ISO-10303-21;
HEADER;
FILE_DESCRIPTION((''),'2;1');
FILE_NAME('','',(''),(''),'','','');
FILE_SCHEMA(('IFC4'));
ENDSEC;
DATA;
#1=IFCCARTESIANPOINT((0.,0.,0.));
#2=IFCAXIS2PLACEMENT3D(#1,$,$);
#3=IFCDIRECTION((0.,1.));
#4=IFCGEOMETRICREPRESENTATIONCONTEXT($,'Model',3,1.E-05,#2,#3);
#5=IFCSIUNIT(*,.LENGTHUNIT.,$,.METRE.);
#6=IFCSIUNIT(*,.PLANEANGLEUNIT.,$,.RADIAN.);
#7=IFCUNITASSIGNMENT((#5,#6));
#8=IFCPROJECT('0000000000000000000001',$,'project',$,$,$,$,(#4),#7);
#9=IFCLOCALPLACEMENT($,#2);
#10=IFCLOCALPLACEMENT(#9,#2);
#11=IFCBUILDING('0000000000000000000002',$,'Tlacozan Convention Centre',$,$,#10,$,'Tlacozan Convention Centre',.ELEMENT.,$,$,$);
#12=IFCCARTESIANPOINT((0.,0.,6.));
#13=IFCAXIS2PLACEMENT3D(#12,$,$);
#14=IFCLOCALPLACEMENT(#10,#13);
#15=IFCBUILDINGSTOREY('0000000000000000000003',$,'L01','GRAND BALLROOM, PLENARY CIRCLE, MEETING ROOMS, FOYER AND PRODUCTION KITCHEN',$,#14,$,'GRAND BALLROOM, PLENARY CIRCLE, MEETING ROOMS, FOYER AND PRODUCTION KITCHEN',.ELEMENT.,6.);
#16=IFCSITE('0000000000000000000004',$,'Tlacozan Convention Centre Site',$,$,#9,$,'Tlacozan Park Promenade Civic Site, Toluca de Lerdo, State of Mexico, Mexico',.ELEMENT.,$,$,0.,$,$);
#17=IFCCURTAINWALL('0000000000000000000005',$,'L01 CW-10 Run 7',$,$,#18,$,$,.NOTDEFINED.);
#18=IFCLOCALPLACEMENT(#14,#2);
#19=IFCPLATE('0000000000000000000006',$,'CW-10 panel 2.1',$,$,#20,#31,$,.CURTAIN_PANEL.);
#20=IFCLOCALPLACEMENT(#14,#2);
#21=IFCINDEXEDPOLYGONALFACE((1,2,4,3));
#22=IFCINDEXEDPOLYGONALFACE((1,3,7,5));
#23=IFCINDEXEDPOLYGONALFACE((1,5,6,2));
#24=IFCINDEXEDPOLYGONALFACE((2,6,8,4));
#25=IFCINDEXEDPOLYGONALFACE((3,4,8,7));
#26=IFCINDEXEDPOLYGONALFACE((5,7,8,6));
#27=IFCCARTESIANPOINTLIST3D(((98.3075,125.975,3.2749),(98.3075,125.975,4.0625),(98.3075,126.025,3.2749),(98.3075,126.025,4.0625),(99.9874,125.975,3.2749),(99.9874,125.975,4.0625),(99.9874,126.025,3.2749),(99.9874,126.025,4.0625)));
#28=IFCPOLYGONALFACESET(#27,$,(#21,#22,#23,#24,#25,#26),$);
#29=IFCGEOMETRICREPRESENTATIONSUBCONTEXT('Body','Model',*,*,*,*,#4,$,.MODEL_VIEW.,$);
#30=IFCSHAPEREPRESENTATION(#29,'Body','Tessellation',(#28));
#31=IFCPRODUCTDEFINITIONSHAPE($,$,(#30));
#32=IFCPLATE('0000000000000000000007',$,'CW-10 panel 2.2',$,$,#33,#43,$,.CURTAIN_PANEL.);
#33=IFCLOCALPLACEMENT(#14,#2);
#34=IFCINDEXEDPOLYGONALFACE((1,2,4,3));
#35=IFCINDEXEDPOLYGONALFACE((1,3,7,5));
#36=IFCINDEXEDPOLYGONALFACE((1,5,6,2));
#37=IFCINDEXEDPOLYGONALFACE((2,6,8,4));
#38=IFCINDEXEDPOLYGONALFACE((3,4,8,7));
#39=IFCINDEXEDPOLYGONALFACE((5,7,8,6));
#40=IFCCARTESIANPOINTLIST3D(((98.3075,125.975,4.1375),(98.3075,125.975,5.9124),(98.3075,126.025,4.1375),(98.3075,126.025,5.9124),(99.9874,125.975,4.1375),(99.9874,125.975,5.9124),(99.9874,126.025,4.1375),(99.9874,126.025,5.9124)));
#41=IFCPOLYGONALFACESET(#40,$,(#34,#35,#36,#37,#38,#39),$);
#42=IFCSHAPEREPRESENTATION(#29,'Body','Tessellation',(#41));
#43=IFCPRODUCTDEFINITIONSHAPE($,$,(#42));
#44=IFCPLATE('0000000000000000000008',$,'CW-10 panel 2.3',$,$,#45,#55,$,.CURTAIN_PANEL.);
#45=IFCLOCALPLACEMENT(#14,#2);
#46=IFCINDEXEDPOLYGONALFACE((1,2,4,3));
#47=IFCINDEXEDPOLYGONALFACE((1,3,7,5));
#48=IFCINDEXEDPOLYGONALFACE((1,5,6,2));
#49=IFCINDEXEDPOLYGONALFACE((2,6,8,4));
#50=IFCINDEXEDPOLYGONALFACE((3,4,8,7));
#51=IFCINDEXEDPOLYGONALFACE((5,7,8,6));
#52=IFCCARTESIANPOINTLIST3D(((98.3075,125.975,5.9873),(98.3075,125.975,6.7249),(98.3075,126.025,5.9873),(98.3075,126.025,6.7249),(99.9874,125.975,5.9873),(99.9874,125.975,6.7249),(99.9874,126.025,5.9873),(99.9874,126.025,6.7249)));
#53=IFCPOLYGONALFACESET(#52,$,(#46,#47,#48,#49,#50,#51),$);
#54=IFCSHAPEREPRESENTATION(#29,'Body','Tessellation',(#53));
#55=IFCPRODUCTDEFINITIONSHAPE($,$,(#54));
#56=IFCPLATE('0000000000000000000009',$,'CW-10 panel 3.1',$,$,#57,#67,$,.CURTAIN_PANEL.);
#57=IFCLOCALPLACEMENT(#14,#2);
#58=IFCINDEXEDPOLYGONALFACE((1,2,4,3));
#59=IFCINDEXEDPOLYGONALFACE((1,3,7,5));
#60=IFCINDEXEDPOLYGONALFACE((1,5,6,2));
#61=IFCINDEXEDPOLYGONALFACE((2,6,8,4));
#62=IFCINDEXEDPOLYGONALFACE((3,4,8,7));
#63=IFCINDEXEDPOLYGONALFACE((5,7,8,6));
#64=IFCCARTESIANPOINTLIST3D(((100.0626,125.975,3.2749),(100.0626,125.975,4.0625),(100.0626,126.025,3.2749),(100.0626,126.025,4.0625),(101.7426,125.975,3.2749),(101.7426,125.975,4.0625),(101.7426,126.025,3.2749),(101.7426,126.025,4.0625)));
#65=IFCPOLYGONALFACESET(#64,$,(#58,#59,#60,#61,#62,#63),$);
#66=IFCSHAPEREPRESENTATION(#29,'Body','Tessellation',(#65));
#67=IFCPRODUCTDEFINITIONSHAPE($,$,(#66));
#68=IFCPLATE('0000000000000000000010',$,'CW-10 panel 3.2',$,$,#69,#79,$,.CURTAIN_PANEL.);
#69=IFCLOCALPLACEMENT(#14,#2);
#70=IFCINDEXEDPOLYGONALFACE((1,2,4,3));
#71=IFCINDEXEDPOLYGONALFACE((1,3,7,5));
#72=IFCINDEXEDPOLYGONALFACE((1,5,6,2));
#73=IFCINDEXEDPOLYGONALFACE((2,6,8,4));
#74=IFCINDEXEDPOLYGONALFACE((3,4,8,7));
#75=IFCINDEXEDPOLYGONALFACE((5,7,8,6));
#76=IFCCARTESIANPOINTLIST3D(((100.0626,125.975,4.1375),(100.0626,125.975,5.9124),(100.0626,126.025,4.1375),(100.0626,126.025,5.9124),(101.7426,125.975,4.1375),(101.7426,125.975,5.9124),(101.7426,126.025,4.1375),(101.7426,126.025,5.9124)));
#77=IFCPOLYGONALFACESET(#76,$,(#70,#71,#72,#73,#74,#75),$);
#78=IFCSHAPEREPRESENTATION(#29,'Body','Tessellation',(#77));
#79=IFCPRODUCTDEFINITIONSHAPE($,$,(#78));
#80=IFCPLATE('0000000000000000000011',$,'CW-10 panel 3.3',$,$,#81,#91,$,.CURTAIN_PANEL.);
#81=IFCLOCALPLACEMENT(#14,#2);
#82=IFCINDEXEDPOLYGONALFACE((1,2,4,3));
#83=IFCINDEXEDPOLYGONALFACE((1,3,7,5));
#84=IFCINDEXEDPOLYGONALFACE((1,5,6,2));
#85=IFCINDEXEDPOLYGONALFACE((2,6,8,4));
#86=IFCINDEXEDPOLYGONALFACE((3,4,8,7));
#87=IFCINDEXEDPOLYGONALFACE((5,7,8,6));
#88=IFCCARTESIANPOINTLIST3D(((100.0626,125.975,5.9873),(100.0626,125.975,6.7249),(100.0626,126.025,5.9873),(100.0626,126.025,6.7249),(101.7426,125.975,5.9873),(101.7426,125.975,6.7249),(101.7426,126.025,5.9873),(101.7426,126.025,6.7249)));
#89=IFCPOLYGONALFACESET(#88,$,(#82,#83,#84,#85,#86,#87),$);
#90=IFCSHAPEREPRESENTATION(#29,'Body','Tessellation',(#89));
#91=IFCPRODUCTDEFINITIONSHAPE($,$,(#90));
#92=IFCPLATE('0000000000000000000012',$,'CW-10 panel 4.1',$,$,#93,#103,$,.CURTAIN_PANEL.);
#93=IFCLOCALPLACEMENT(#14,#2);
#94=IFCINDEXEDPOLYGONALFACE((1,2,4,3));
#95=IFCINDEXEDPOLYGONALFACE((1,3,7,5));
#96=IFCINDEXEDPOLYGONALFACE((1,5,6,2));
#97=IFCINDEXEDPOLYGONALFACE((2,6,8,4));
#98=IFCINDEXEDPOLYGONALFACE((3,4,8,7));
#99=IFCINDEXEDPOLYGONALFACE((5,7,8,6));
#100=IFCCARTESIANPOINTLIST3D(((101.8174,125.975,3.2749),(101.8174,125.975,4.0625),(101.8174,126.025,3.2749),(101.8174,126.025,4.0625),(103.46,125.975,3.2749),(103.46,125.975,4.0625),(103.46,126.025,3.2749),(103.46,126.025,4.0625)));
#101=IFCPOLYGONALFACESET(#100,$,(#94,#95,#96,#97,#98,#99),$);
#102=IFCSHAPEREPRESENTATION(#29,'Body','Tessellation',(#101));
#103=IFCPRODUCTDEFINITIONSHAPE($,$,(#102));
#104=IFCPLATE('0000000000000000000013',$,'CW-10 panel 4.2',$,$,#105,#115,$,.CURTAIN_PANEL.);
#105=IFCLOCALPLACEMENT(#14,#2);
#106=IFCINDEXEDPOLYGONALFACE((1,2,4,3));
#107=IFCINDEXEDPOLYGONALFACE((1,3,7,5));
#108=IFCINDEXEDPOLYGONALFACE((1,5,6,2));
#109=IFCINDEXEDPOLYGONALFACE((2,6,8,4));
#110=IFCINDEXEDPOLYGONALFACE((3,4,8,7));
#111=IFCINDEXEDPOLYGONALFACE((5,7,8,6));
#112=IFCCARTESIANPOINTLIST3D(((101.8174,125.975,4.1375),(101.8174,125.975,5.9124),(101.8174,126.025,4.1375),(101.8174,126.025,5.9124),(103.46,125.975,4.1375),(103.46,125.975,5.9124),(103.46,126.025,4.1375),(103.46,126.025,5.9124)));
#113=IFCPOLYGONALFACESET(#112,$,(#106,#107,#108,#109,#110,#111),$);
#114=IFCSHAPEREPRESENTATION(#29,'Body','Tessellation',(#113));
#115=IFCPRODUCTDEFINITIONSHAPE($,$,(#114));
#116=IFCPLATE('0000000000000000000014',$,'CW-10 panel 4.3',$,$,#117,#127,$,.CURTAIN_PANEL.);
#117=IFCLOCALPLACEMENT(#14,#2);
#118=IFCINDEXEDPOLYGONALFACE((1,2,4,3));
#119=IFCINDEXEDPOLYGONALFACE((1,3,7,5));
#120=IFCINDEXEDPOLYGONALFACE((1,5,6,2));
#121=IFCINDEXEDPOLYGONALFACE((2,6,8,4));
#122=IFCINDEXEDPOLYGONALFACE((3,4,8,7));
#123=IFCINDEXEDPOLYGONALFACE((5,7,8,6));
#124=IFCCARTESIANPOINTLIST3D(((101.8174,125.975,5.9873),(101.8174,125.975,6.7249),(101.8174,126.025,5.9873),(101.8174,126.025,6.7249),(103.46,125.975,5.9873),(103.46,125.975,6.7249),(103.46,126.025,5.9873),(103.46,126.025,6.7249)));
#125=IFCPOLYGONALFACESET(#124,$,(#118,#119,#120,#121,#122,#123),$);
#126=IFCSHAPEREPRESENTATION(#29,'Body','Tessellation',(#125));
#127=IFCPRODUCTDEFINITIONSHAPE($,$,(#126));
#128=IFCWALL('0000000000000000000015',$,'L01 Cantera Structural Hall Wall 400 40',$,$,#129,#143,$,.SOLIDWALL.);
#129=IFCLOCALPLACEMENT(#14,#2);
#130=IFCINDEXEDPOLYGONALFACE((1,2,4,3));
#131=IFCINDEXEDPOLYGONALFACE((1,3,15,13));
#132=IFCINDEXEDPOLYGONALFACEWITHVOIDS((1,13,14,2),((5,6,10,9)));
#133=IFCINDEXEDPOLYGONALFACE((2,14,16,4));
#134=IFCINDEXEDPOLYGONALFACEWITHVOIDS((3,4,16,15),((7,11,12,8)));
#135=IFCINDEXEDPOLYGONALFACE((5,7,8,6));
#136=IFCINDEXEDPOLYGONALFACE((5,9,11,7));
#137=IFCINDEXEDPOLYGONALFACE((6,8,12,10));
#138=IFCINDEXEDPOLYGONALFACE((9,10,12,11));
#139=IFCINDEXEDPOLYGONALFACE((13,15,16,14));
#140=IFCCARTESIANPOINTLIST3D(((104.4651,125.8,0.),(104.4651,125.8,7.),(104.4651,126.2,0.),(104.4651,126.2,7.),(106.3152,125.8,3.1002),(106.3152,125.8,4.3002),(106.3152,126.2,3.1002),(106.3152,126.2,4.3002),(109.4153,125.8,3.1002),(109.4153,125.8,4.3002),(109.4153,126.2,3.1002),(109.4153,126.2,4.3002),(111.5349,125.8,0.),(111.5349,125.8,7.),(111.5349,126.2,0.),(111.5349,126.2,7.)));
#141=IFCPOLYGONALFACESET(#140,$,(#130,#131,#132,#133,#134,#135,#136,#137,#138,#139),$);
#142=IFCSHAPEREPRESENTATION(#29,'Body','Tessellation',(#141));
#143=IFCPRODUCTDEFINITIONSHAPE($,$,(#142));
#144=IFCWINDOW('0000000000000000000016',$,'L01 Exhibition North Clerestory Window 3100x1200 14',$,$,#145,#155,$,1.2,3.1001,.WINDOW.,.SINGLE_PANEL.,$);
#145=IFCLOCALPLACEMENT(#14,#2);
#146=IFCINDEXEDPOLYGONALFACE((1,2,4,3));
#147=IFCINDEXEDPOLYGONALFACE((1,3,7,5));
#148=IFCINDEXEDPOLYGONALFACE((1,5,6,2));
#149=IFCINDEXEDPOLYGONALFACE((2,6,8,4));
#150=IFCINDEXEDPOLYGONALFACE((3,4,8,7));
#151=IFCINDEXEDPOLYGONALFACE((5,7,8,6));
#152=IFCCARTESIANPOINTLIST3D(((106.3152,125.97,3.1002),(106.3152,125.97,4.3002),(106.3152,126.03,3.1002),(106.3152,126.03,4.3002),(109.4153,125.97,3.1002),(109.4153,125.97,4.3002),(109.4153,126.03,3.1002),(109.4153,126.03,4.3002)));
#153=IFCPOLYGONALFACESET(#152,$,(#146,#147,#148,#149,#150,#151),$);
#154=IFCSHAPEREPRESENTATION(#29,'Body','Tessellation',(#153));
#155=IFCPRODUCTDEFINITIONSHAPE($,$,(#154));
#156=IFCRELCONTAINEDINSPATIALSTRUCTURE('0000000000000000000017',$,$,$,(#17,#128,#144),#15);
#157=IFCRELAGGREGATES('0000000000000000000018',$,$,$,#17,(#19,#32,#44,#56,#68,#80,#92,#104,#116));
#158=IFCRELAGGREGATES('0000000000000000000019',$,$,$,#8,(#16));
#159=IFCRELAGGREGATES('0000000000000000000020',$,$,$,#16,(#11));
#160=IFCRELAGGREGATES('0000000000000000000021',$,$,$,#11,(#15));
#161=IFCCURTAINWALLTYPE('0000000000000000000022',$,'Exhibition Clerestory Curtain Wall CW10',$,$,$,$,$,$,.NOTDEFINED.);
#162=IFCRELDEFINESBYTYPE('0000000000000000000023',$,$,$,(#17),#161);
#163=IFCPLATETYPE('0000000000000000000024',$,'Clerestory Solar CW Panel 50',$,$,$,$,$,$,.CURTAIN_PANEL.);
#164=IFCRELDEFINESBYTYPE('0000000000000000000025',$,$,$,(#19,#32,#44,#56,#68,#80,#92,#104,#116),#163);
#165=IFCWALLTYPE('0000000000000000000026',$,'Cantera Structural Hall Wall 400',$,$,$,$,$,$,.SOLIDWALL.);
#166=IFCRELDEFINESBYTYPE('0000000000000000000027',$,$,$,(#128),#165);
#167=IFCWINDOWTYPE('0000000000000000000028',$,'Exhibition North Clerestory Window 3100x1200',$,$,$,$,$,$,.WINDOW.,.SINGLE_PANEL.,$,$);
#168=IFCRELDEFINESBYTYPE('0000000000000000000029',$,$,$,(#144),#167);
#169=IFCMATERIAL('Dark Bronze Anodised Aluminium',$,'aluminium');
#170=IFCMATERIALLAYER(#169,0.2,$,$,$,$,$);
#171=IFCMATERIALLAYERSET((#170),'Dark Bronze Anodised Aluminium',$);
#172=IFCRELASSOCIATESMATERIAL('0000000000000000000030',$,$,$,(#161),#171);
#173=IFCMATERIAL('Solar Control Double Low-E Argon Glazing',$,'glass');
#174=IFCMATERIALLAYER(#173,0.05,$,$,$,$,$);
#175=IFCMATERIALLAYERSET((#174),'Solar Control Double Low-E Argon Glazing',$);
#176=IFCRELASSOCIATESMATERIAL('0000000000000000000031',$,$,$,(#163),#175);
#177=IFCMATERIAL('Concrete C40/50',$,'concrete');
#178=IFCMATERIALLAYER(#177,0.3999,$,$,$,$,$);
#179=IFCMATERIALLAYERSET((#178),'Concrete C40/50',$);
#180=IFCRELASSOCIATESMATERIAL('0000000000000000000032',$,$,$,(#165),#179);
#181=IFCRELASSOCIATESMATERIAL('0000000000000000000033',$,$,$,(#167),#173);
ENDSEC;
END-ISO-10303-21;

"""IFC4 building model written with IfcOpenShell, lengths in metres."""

from ifc_helpers import new_model, si_unit, direction, frame, frame_2d, origin, origin_2d, place, context, subcontext, project, spatial, rectangle, extrude, material, layer, layer_set, type_object, element, fill, aggregate, save


model = new_model("IFC4")

# Units and contexts
model_context = context("Model", 3, precision=1e-05, world=origin(), true_north=direction((0.0, 1.0)))
body_context = subcontext(model_context, "Body", "Model", "MODEL_VIEW")
ifc_project = project(units=[si_unit("LENGTHUNIT", "METRE"), si_unit("PLANEANGLEUNIT", "RADIAN")], contexts=[model_context])

# Site, building, storey
site_placement = place(None, origin())
site = spatial("IfcSite", under=ifc_project, at=site_placement, Name="Tlacozan Convention Centre Site", LongName="Tlacozan Park Promenade Civic Site, Toluca de Lerdo, State of Mexico, Mexico", CompositionType="ELEMENT", RefElevation=0.0)
building_placement = place(site_placement, origin())
building = spatial("IfcBuilding", under=site, at=building_placement, Name="Tlacozan Convention Centre", LongName="Tlacozan Convention Centre", CompositionType="ELEMENT")
storey_placement = place(building_placement, frame((0.0, 0.0, 6.0)))
storey = spatial("IfcBuildingStorey", under=building, at=storey_placement, Name="L01", Description="GRAND BALLROOM, PLENARY CIRCLE, MEETING ROOMS, FOYER AND PRODUCTION KITCHEN", LongName="GRAND BALLROOM, PLENARY CIRCLE, MEETING ROOMS, FOYER AND PRODUCTION KITCHEN", CompositionType="ELEMENT", Elevation=6.0)

# Shared definitions
ifc_material_1 = material(Name="Concrete C40/50", Category="concrete")

# Curtain wall, plates
ifc_material_2 = material(Name="Dark Bronze Anodised Aluminium", Category="aluminium")
ifc_layer_1 = layer(ifc_material_2, 0.2)
ifc_layer_set_1 = layer_set([ifc_layer_1], Name="Dark Bronze Anodised Aluminium")
curtain_wall_type = type_object("IfcCurtainWallType", Name="Exhibition Clerestory Curtain Wall CW10", PredefinedType="NOTDEFINED", material=ifc_layer_set_1)
curtain_wall_placement = place(storey_placement, origin())
curtain_wall = element("IfcCurtainWall", 1, at=curtain_wall_placement, inside=storey, type_object=curtain_wall_type, Name="L01 CW-10 Run 7", PredefinedType="NOTDEFINED")
ifc_material_3 = material(Name="Solar Control Double Low-E Argon Glazing", Category="glass")
ifc_layer_2 = layer(ifc_material_3, 0.05)
ifc_layer_set_2 = layer_set([ifc_layer_2], Name="Solar Control Double Low-E Argon Glazing")
plate_type = type_object("IfcPlateType", Name="Clerestory Solar CW Panel 50", PredefinedType="CURTAIN_PANEL", material=ifc_layer_set_2)
plate_1_placement = place(storey_placement, frame((99.1475, 126.0, 3.2749), z_axis=(0.0, 0.0, 1.0), x_axis=(1.0, 0.0, 0.0)))
plate_1 = element("IfcPlate", 2, at=plate_1_placement, type_object=plate_type, Name="CW-10 panel 2.1", PredefinedType="CURTAIN_PANEL", context=body_context, shape_type="SweptSolid", body=[
    extrude(rectangle(XDim=1.6799, YDim=0.05, at=origin_2d()), origin(), (0.0, 0.0, 1.0), 0.7876),
])
plate_2_placement = place(storey_placement, frame((99.1475, 126.0, 4.1375), z_axis=(0.0, 0.0, 1.0), x_axis=(1.0, 0.0, 0.0)))
plate_2 = element("IfcPlate", 3, at=plate_2_placement, type_object=plate_type, Name="CW-10 panel 2.2", PredefinedType="CURTAIN_PANEL", context=body_context, shape_type="SweptSolid", body=[
    extrude(rectangle(XDim=1.6799, YDim=0.05, at=origin_2d()), origin(), (0.0, 0.0, 1.0), 1.7749),
])
plate_3_placement = place(storey_placement, frame((99.1475, 126.0, 5.9873), z_axis=(0.0, 0.0, 1.0), x_axis=(1.0, 0.0, 0.0)))
plate_3 = element("IfcPlate", 4, at=plate_3_placement, type_object=plate_type, Name="CW-10 panel 2.3", PredefinedType="CURTAIN_PANEL", context=body_context, shape_type="SweptSolid", body=[
    extrude(rectangle(XDim=1.6799, YDim=0.05, at=origin_2d()), origin(), (0.0, 0.0, 1.0), 0.7375),
])
plate_4_placement = place(storey_placement, frame((100.9026, 126.0, 3.2749), z_axis=(0.0, 0.0, 1.0), x_axis=(1.0, 0.0, 0.0)))
plate_4 = element("IfcPlate", 5, at=plate_4_placement, type_object=plate_type, Name="CW-10 panel 3.1", PredefinedType="CURTAIN_PANEL", context=body_context, shape_type="SweptSolid", body=[
    extrude(rectangle(XDim=1.6799, YDim=0.05, at=origin_2d()), origin(), (0.0, 0.0, 1.0), 0.7876),
])
plate_5_placement = place(storey_placement, frame((100.9026, 126.0, 4.1375), z_axis=(0.0, 0.0, 1.0), x_axis=(1.0, 0.0, 0.0)))
plate_5 = element("IfcPlate", 6, at=plate_5_placement, type_object=plate_type, Name="CW-10 panel 3.2", PredefinedType="CURTAIN_PANEL", context=body_context, shape_type="SweptSolid", body=[
    extrude(rectangle(XDim=1.6799, YDim=0.05, at=origin_2d()), origin(), (0.0, 0.0, 1.0), 1.7749),
])
plate_6_placement = place(storey_placement, frame((100.9026, 126.0, 5.9873), z_axis=(0.0, 0.0, 1.0), x_axis=(1.0, 0.0, 0.0)))
plate_6 = element("IfcPlate", 7, at=plate_6_placement, type_object=plate_type, Name="CW-10 panel 3.3", PredefinedType="CURTAIN_PANEL", context=body_context, shape_type="SweptSolid", body=[
    extrude(rectangle(XDim=1.6799, YDim=0.05, at=origin_2d()), origin(), (0.0, 0.0, 1.0), 0.7375),
])
plate_7_placement = place(storey_placement, frame((102.6387, 126.0, 3.2749), z_axis=(0.0, 0.0, 1.0), x_axis=(1.0, 0.0, 0.0)))
plate_7 = element("IfcPlate", 8, at=plate_7_placement, type_object=plate_type, Name="CW-10 panel 4.1", PredefinedType="CURTAIN_PANEL", context=body_context, shape_type="SweptSolid", body=[
    extrude(rectangle(XDim=1.6426, YDim=0.05, at=origin_2d()), origin(), (0.0, 0.0, 1.0), 0.7876),
])
plate_8_placement = place(storey_placement, frame((102.6387, 126.0, 4.1375), z_axis=(0.0, 0.0, 1.0), x_axis=(1.0, 0.0, 0.0)))
plate_8 = element("IfcPlate", 9, at=plate_8_placement, type_object=plate_type, Name="CW-10 panel 4.2", PredefinedType="CURTAIN_PANEL", context=body_context, shape_type="SweptSolid", body=[
    extrude(rectangle(XDim=1.6426, YDim=0.05, at=origin_2d()), origin(), (0.0, 0.0, 1.0), 1.7749),
])
plate_9_placement = place(storey_placement, frame((102.6387, 126.0, 5.9873), z_axis=(0.0, 0.0, 1.0), x_axis=(1.0, 0.0, 0.0)))
plate_9 = element("IfcPlate", 10, at=plate_9_placement, type_object=plate_type, Name="CW-10 panel 4.3", PredefinedType="CURTAIN_PANEL", context=body_context, shape_type="SweptSolid", body=[
    extrude(rectangle(XDim=1.6426, YDim=0.05, at=origin_2d()), origin(), (0.0, 0.0, 1.0), 0.7375),
])
aggregate(curtain_wall, [plate_1, plate_2, plate_3, plate_4, plate_5, plate_6, plate_7, plate_8, plate_9])

# Wall, opening, window
ifc_layer_3 = layer(ifc_material_1, 0.3999)
ifc_layer_set_3 = layer_set([ifc_layer_3], Name="Concrete C40/50")
wall_type = type_object("IfcWallType", Name="Cantera Structural Hall Wall 400", PredefinedType="SOLIDWALL", material=ifc_layer_set_3)
wall_placement = place(storey_placement, frame((104.4651, 126.0, 0.0), z_axis=(0.0, 0.0, 1.0), x_axis=(1.0, 0.0, 0.0)))
wall = element("IfcWall", 11, at=wall_placement, inside=storey, type_object=wall_type, Name="L01 Cantera Structural Hall Wall 400 40", PredefinedType="SOLIDWALL", context=body_context, shape_type="SweptSolid", body=[
    extrude(rectangle(XDim=7.0698, YDim=0.3999, at=frame_2d((3.5349, 0.0))), origin(), (0.0, 0.0, 1.0), 7.0),
])
opening_placement = place(wall_placement, frame((1.8501, 0.0, 3.1001)))
opening = element("IfcOpeningElement", 12, at=opening_placement, cuts=wall, PredefinedType="OPENING", context=body_context, shape_type="SweptSolid", body=[
    extrude(rectangle(XDim=3.1001, YDim=1.2, at=frame_2d((1.55, 0.6001))), frame((0.0, 0.21, 0.0), z_axis=(0.0, -1.0, 0.0), x_axis=(1.0, 0.0, 0.0)), (0.0, 0.0, 1.0), 0.4199),
])
window_type = type_object("IfcWindowType", Name="Exhibition North Clerestory Window 3100x1200", PartitioningType="SINGLE_PANEL", PredefinedType="WINDOW", material=ifc_material_3)
window_placement = place(opening_placement, origin())
window = element("IfcWindow", 13, at=window_placement, inside=storey, type_object=window_type, Name="L01 Exhibition North Clerestory Window 3100x1200 14", OverallHeight=1.2, OverallWidth=3.1001, PartitioningType="SINGLE_PANEL", PredefinedType="WINDOW", context=body_context, shape_type="SweptSolid", body=[
    extrude(rectangle(XDim=3.1001, YDim=1.2, at=frame_2d((1.55, 0.6001))), frame((0.0, 0.03, 0.0), z_axis=(0.0, -1.0, 0.0), x_axis=(1.0, 0.0, 0.0)), (0.0, 0.0, 1.0), 0.0601),
])
fill(opening, window)

save(model, "model.ifc")
